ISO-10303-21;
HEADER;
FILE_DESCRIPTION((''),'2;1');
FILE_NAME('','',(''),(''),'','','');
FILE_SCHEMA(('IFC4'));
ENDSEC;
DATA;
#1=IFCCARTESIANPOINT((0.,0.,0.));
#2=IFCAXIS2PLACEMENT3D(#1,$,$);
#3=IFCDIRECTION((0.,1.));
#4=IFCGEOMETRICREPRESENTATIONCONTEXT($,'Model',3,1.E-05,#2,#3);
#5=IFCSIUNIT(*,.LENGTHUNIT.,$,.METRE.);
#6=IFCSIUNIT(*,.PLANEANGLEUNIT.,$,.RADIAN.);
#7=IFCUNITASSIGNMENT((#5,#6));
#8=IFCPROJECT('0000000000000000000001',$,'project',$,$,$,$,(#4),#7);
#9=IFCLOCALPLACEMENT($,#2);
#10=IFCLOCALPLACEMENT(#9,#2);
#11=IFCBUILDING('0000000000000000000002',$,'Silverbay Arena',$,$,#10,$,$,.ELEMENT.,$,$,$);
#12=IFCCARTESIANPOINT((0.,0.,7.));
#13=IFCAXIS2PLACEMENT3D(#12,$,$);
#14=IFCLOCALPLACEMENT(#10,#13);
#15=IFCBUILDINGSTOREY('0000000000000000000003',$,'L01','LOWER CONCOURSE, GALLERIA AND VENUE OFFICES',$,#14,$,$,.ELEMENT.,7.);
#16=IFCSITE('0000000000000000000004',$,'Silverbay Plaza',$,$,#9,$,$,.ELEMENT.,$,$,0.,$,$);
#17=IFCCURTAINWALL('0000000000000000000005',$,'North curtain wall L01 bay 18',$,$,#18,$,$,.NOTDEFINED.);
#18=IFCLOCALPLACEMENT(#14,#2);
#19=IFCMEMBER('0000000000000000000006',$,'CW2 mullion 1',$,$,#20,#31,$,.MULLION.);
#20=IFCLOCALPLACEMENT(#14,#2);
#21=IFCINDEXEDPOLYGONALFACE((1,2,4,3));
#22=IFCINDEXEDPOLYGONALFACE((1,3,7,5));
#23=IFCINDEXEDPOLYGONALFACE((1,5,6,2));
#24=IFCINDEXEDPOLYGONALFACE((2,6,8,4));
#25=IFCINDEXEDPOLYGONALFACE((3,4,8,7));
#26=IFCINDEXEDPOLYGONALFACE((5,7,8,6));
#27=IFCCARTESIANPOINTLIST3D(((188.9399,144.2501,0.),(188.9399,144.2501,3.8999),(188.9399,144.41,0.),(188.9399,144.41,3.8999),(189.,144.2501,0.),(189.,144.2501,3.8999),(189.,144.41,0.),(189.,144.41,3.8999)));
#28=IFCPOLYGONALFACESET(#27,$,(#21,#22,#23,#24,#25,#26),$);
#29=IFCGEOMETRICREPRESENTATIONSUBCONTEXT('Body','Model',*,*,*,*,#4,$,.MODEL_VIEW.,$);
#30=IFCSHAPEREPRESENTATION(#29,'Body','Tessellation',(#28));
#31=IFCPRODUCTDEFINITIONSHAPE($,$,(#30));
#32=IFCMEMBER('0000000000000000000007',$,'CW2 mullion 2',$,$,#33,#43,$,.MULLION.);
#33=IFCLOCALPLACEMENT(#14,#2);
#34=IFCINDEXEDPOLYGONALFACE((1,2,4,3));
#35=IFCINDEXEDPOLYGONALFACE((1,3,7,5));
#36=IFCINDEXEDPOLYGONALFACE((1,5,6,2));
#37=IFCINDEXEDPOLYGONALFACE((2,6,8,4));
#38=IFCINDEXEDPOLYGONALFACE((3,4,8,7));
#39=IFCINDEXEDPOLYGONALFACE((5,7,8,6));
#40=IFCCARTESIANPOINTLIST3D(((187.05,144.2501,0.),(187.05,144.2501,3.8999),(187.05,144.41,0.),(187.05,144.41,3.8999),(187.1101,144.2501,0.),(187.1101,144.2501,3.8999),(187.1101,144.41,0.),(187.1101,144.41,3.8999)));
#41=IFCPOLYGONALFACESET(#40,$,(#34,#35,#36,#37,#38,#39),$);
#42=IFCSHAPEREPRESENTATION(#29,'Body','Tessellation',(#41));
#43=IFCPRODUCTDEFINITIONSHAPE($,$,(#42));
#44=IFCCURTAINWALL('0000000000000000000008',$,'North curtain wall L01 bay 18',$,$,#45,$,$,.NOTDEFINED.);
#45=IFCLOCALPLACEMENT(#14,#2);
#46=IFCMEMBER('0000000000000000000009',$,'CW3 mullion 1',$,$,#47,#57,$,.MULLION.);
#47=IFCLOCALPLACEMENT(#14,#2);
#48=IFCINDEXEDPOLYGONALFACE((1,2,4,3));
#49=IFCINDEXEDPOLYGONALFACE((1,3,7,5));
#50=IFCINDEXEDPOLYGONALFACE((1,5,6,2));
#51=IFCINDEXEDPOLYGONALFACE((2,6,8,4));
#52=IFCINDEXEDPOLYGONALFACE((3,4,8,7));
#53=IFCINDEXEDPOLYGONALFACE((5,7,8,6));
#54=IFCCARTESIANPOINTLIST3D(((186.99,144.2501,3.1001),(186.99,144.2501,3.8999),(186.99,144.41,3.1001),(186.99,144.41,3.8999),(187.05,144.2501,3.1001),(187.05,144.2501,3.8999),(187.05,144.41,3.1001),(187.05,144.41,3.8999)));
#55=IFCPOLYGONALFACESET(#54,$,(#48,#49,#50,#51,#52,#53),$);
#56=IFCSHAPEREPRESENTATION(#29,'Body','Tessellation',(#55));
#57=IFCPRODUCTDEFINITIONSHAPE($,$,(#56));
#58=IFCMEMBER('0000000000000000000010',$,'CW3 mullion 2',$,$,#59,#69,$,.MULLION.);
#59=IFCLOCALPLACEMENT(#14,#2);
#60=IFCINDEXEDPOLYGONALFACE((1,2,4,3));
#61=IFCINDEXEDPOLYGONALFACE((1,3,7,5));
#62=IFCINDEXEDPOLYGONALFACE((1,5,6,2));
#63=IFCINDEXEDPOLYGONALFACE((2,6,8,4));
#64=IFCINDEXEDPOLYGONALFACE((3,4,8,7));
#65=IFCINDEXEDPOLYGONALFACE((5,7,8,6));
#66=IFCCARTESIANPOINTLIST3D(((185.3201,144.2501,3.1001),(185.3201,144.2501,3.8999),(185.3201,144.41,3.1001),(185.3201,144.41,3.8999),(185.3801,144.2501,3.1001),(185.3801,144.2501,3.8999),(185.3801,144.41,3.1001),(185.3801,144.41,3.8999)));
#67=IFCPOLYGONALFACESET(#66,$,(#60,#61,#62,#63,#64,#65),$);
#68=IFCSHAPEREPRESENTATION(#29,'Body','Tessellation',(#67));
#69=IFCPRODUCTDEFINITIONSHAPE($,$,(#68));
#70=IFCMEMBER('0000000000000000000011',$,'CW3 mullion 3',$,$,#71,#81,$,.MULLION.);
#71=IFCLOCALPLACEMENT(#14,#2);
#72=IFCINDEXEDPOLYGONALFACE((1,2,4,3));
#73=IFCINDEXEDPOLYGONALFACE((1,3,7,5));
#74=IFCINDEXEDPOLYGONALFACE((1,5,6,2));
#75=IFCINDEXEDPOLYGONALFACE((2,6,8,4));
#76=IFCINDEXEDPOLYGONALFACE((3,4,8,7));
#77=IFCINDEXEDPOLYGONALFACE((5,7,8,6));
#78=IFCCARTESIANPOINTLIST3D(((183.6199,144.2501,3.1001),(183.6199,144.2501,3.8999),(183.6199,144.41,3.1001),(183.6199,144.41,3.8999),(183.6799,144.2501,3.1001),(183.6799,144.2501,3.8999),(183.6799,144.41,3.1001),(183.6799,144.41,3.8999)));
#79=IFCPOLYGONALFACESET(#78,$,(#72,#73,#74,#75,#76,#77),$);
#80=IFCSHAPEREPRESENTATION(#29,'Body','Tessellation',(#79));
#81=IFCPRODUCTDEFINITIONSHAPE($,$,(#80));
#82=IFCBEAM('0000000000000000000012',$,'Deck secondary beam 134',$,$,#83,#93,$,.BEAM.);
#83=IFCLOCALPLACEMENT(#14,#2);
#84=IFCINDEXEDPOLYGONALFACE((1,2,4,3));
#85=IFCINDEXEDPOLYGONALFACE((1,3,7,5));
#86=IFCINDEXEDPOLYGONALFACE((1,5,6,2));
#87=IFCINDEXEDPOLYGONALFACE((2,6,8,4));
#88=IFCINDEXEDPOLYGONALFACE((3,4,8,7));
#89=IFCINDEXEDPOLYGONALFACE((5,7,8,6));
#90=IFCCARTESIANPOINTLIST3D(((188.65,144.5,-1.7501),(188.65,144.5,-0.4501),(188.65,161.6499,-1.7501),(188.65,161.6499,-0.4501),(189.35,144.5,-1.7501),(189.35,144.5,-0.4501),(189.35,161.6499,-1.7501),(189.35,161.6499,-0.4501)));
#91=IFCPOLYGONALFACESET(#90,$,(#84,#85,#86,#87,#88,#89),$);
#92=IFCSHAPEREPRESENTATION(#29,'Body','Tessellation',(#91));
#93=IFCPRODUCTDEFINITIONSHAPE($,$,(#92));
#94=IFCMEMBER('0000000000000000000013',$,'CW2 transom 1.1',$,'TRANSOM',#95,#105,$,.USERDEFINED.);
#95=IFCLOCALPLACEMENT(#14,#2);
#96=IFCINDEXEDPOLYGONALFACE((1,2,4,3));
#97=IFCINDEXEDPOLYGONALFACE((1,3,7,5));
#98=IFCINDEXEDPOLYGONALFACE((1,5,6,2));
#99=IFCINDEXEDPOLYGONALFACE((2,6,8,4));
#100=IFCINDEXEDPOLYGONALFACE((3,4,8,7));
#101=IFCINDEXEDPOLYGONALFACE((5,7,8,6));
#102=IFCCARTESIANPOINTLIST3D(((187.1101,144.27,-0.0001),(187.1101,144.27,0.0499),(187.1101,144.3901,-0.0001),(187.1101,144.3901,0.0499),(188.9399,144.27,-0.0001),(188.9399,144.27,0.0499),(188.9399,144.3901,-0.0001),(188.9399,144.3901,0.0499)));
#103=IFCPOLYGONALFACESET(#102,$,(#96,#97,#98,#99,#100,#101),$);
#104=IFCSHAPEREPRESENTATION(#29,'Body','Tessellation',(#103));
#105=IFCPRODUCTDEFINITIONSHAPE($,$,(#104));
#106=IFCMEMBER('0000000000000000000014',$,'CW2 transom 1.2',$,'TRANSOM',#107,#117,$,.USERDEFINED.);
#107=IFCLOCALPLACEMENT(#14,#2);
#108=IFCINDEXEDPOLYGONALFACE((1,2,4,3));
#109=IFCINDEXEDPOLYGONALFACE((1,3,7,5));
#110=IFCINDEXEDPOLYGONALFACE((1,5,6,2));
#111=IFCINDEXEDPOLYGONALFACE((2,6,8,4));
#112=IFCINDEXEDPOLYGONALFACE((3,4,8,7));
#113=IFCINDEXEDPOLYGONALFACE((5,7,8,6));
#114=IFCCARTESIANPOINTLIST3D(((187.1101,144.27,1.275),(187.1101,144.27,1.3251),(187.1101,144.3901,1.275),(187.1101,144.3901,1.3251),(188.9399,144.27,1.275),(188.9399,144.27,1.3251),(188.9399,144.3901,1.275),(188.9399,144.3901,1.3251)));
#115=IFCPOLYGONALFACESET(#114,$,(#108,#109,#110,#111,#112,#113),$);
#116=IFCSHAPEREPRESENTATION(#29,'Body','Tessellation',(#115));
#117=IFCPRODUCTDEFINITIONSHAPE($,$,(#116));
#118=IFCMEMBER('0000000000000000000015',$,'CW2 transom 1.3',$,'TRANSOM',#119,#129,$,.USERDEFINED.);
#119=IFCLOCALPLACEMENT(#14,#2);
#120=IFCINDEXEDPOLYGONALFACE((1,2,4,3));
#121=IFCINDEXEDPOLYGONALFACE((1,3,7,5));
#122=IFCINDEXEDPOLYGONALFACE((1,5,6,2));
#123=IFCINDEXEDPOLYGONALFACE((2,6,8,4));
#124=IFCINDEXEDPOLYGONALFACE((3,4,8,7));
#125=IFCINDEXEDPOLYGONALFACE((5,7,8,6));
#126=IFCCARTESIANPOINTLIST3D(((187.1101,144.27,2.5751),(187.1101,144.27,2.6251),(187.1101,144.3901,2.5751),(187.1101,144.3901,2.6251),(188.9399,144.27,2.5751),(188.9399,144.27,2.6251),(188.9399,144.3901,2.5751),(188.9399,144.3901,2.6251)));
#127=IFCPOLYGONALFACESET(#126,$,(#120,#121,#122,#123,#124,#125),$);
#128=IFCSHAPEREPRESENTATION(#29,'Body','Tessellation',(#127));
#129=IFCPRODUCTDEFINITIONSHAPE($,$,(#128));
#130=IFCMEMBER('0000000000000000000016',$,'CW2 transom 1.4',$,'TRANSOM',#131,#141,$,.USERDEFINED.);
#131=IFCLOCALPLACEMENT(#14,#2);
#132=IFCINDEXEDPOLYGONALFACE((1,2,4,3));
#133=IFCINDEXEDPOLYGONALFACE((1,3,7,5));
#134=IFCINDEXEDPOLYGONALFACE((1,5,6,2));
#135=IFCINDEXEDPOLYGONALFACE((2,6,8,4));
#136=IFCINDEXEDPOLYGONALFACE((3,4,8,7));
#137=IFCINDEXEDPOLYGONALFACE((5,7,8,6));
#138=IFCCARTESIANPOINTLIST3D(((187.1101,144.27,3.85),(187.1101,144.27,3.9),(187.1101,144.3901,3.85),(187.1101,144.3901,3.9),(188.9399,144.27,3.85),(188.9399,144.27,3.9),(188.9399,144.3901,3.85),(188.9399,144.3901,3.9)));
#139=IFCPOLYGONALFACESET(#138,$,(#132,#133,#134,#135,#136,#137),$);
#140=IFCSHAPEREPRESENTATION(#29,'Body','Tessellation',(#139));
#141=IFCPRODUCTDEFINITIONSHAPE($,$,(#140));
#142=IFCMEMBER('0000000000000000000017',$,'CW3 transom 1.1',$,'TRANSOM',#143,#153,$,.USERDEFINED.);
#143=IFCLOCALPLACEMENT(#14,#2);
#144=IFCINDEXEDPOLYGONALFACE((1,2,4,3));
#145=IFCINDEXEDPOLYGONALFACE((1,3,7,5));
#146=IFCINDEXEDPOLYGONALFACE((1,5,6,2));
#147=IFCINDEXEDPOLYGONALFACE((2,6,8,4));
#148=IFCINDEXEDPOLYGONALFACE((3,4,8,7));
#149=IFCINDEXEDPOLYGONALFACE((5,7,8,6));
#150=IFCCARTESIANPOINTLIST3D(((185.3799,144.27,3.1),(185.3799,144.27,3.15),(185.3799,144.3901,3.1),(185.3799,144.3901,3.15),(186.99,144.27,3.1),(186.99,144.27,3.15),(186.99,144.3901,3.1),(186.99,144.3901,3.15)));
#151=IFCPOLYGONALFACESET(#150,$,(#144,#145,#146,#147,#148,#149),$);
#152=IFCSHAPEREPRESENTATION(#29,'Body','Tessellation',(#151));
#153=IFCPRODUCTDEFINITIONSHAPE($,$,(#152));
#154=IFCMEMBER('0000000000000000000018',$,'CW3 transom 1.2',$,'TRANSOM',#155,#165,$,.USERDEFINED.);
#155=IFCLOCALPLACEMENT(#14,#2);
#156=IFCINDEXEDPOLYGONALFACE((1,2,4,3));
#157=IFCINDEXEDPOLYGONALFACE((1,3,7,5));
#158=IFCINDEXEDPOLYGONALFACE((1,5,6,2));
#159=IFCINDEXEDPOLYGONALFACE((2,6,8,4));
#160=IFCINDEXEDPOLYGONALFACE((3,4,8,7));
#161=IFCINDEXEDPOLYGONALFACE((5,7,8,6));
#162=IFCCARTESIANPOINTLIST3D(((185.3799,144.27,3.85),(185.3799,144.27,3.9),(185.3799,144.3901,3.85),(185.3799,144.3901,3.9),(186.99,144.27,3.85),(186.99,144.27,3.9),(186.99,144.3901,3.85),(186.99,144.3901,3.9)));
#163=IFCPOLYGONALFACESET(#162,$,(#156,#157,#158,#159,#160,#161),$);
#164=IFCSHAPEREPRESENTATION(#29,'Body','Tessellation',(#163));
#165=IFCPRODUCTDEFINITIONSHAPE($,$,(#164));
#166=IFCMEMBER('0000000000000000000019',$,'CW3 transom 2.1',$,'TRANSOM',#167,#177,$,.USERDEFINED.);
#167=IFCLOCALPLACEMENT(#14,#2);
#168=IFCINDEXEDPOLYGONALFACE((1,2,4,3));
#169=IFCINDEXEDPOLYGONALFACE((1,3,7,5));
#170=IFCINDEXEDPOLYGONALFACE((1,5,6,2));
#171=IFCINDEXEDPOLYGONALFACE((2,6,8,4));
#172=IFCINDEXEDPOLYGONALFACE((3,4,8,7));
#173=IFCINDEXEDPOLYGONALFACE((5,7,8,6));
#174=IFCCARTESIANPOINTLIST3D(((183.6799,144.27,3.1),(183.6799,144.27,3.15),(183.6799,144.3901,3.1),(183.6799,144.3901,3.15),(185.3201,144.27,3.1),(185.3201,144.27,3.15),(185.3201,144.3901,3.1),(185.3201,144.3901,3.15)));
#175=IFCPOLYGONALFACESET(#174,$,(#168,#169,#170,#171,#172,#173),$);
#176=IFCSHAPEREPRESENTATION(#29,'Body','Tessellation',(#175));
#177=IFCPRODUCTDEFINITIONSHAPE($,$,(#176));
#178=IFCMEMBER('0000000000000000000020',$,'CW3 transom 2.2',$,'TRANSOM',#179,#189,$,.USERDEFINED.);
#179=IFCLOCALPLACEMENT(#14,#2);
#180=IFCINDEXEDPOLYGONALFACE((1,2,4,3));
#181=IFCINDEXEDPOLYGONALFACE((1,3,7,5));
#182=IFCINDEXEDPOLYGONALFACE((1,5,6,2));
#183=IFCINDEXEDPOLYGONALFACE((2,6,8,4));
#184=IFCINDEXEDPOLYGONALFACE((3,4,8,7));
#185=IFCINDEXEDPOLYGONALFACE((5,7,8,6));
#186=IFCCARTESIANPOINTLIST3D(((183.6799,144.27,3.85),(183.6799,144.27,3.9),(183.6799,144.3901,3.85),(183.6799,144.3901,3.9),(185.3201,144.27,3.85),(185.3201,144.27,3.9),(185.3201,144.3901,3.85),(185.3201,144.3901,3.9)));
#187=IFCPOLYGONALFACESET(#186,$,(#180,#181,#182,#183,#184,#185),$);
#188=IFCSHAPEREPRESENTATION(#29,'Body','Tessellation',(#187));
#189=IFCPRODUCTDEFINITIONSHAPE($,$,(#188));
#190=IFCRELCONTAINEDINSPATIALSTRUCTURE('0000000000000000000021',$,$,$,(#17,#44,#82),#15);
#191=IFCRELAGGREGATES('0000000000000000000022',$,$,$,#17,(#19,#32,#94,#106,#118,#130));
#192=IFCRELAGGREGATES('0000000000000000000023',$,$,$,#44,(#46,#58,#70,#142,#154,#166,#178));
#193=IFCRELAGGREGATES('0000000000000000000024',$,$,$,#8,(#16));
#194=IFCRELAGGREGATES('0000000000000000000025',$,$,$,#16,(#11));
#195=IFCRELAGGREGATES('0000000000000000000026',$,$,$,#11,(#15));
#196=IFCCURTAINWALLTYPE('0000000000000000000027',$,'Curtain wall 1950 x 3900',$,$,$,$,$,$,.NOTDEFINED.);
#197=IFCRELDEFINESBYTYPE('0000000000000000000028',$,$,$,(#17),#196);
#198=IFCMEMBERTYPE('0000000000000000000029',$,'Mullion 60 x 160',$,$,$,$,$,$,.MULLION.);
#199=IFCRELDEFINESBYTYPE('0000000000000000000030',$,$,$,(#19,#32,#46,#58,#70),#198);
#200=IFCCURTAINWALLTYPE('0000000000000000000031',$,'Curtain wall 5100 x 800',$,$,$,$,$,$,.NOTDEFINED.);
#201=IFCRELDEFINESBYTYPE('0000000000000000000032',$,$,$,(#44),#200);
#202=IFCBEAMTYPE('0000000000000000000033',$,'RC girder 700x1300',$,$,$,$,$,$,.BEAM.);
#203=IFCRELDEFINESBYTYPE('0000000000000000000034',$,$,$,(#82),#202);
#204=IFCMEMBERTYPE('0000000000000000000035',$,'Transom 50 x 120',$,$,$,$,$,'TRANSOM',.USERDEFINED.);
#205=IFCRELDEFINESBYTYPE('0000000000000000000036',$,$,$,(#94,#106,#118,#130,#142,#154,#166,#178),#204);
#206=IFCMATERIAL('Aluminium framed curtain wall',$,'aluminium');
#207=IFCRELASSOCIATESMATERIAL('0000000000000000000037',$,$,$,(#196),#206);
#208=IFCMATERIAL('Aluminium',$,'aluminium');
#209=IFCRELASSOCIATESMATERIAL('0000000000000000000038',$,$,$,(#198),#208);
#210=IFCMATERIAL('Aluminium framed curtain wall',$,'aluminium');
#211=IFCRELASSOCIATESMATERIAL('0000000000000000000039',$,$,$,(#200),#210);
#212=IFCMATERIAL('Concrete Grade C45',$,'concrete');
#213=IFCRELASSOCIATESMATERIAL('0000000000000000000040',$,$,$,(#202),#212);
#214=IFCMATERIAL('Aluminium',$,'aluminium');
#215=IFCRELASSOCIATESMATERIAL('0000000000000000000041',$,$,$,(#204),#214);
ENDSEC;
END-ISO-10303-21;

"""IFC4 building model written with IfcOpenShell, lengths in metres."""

from ifc_helpers import new_model, si_unit, direction, frame, origin, origin_2d, place, context, subcontext, project, spatial, rectangle, extrude, material, material_profile, profile_set, type_object, element, aggregate, save


model = new_model("IFC4")

# Units and contexts
model_context = context("Model", 3, precision=1e-05, world=origin(), true_north=direction((0.0, 1.0)))
body_context = subcontext(model_context, "Body", "Model", "MODEL_VIEW")
ifc_project = project(units=[si_unit("LENGTHUNIT", "METRE"), si_unit("PLANEANGLEUNIT", "RADIAN")], contexts=[model_context])

# Site, building, storey
site_placement = place(None, origin())
site = spatial("IfcSite", under=ifc_project, at=site_placement, Name="Silverbay Plaza", CompositionType="ELEMENT", RefElevation=0.0)
building_placement = place(site_placement, origin())
building = spatial("IfcBuilding", under=site, at=building_placement, Name="Silverbay Arena", CompositionType="ELEMENT")
storey_placement = place(building_placement, frame((0.0, 0.0, 7.0)))
storey = spatial("IfcBuildingStorey", under=building, at=storey_placement, Name="L01", Description="LOWER CONCOURSE, GALLERIA AND VENUE OFFICES", CompositionType="ELEMENT", Elevation=7.0)

# Curtain walls, members
ifc_material_1 = material(Name="Aluminium framed curtain wall", Category="aluminium")
curtain_wall_type_1 = type_object("IfcCurtainWallType", Name="Curtain wall 1950 x 3900", PredefinedType="NOTDEFINED", material=ifc_material_1)
curtain_wall_1_placement = place(storey_placement, origin())
curtain_wall_1 = element("IfcCurtainWall", 1, at=curtain_wall_1_placement, inside=storey, type_object=curtain_wall_type_1, Name="North curtain wall L01 bay 18", PredefinedType="NOTDEFINED")
ifc_material_2 = material(Name="Aluminium", Category="aluminium")
ifc_material_profile_1 = material_profile(ifc_material_2, rectangle(XDim=0.1599, YDim=0.0601, at=origin_2d()), Name="Mullion 60 x 160")
ifc_profile_set_1 = profile_set([ifc_material_profile_1], Name="Aluminium")
member_type_1 = type_object("IfcMemberType", Name="Mullion 60 x 160", PredefinedType="MULLION", material=ifc_profile_set_1)
member_1_placement = place(storey_placement, frame((188.97, 144.3301, 0.0), z_axis=(0.0, 0.0, 1.0), x_axis=(0.0, -1.0, 0.0)))
member_1 = element("IfcMember", 2, at=member_1_placement, type_object=member_type_1, Name="CW2 mullion 1", PredefinedType="MULLION", context=body_context, shape_type="SweptSolid", body=[
    extrude(rectangle(XDim=0.1599, YDim=0.0601, at=origin_2d()), origin(), (0.0, 0.0, 1.0), 3.8999),
])
member_2_placement = place(storey_placement, frame((187.0801, 144.3301, 0.0), z_axis=(0.0, 0.0, 1.0), x_axis=(0.0, -1.0, 0.0)))
member_2 = element("IfcMember", 3, at=member_2_placement, type_object=member_type_1, Name="CW2 mullion 2", PredefinedType="MULLION", context=body_context, shape_type="SweptSolid", body=[
    extrude(rectangle(XDim=0.1599, YDim=0.0601, at=origin_2d()), origin(), (0.0, 0.0, 1.0), 3.8999),
])
ifc_material_3 = material(Name="Aluminium framed curtain wall", Category="aluminium")
curtain_wall_type_2 = type_object("IfcCurtainWallType", Name="Curtain wall 5100 x 800", PredefinedType="NOTDEFINED", material=ifc_material_3)
curtain_wall_2_placement = place(storey_placement, origin())
curtain_wall_2 = element("IfcCurtainWall", 4, at=curtain_wall_2_placement, inside=storey, type_object=curtain_wall_type_2, Name="North curtain wall L01 bay 18", PredefinedType="NOTDEFINED")
member_3_placement = place(storey_placement, frame((187.02, 144.3301, 3.1001), z_axis=(0.0, 0.0, 1.0), x_axis=(0.0, -1.0, 0.0)))
member_3 = element("IfcMember", 5, at=member_3_placement, type_object=member_type_1, Name="CW3 mullion 1", PredefinedType="MULLION", context=body_context, shape_type="SweptSolid", body=[
    extrude(rectangle(XDim=0.1599, YDim=0.0601, at=origin_2d()), origin(), (0.0, 0.0, 1.0), 0.7998),
])
member_4_placement = place(storey_placement, frame((185.3501, 144.3301, 3.1001), z_axis=(0.0, 0.0, 1.0), x_axis=(0.0, -1.0, 0.0)))
member_4 = element("IfcMember", 6, at=member_4_placement, type_object=member_type_1, Name="CW3 mullion 2", PredefinedType="MULLION", context=body_context, shape_type="SweptSolid", body=[
    extrude(rectangle(XDim=0.1599, YDim=0.0601, at=origin_2d()), origin(), (0.0, 0.0, 1.0), 0.7998),
])
member_5_placement = place(storey_placement, frame((183.6499, 144.3301, 3.1001), z_axis=(0.0, 0.0, 1.0), x_axis=(0.0, -1.0, 0.0)))
member_5 = element("IfcMember", 7, at=member_5_placement, type_object=member_type_1, Name="CW3 mullion 3", PredefinedType="MULLION", context=body_context, shape_type="SweptSolid", body=[
    extrude(rectangle(XDim=0.1599, YDim=0.0601, at=origin_2d()), origin(), (0.0, 0.0, 1.0), 0.7998),
])

# Beam
ifc_material_4 = material(Name="Concrete Grade C45", Category="concrete")
ifc_material_profile_2 = material_profile(ifc_material_4, rectangle(XDim=0.7, YDim=1.3, at=origin_2d()), Name="RC 700x1300")
ifc_profile_set_2 = profile_set([ifc_material_profile_2], Name="Concrete Grade C45")
beam_type = type_object("IfcBeamType", Name="RC girder 700x1300", PredefinedType="BEAM", material=ifc_profile_set_2)
beam_placement = place(storey_placement, frame((189.0, 144.5, -1.1001), z_axis=(0.0, 1.0, 0.0), x_axis=(-1.0, 0.0, 0.0)))
element("IfcBeam", 8, at=beam_placement, inside=storey, type_object=beam_type, Name="Deck secondary beam 134", PredefinedType="BEAM", context=body_context, shape_type="SweptSolid", body=[
    extrude(rectangle(XDim=0.7, YDim=1.3, at=origin_2d()), origin(), (0.0, 0.0, 1.0), 17.1499),
])

# Members
ifc_material_5 = material(Name="Aluminium", Category="aluminium")
ifc_material_profile_3 = material_profile(ifc_material_5, rectangle(XDim=0.1201, YDim=0.05, at=origin_2d()), Name="Transom 50 x 120")
ifc_profile_set_3 = profile_set([ifc_material_profile_3], Name="Aluminium")
member_type_2 = type_object("IfcMemberType", Name="Transom 50 x 120", ElementType="TRANSOM", PredefinedType="USERDEFINED", material=ifc_profile_set_3)
member_6_placement = place(storey_placement, frame((188.9399, 144.3301, 0.0249), z_axis=(-1.0, 0.0, 0.0), x_axis=(0.0, -1.0, 0.0)))
member_6 = element("IfcMember", 9, at=member_6_placement, type_object=member_type_2, Name="CW2 transom 1.1", ObjectType="TRANSOM", PredefinedType="USERDEFINED", context=body_context, shape_type="SweptSolid", body=[
    extrude(rectangle(XDim=0.1201, YDim=0.05, at=origin_2d()), origin(), (0.0, 0.0, 1.0), 1.8298),
])
member_7_placement = place(storey_placement, frame((188.9399, 144.3301, 1.3), z_axis=(-1.0, 0.0, 0.0), x_axis=(0.0, -1.0, 0.0)))
member_7 = element("IfcMember", 10, at=member_7_placement, type_object=member_type_2, Name="CW2 transom 1.2", ObjectType="TRANSOM", PredefinedType="USERDEFINED", context=body_context, shape_type="SweptSolid", body=[
    extrude(rectangle(XDim=0.1201, YDim=0.05, at=origin_2d()), origin(), (0.0, 0.0, 1.0), 1.8298),
])
member_8_placement = place(storey_placement, frame((188.9399, 144.3301, 2.6001), z_axis=(-1.0, 0.0, 0.0), x_axis=(0.0, -1.0, 0.0)))
member_8 = element("IfcMember", 11, at=member_8_placement, type_object=member_type_2, Name="CW2 transom 1.3", ObjectType="TRANSOM", PredefinedType="USERDEFINED", context=body_context, shape_type="SweptSolid", body=[
    extrude(rectangle(XDim=0.1201, YDim=0.05, at=origin_2d()), origin(), (0.0, 0.0, 1.0), 1.8298),
])
member_9_placement = place(storey_placement, frame((188.9399, 144.3301, 3.875), z_axis=(-1.0, 0.0, 0.0), x_axis=(0.0, -1.0, 0.0)))
member_9 = element("IfcMember", 12, at=member_9_placement, type_object=member_type_2, Name="CW2 transom 1.4", ObjectType="TRANSOM", PredefinedType="USERDEFINED", context=body_context, shape_type="SweptSolid", body=[
    extrude(rectangle(XDim=0.1201, YDim=0.05, at=origin_2d()), origin(), (0.0, 0.0, 1.0), 1.8298),
])
member_10_placement = place(storey_placement, frame((186.99, 144.3301, 3.125), z_axis=(-1.0, 0.0, 0.0), x_axis=(0.0, -1.0, 0.0)))
member_10 = element("IfcMember", 13, at=member_10_placement, type_object=member_type_2, Name="CW3 transom 1.1", ObjectType="TRANSOM", PredefinedType="USERDEFINED", context=body_context, shape_type="SweptSolid", body=[
    extrude(rectangle(XDim=0.1201, YDim=0.05, at=origin_2d()), origin(), (0.0, 0.0, 1.0), 1.6101),
])
member_11_placement = place(storey_placement, frame((186.99, 144.3301, 3.875), z_axis=(-1.0, 0.0, 0.0), x_axis=(0.0, -1.0, 0.0)))
member_11 = element("IfcMember", 14, at=member_11_placement, type_object=member_type_2, Name="CW3 transom 1.2", ObjectType="TRANSOM", PredefinedType="USERDEFINED", context=body_context, shape_type="SweptSolid", body=[
    extrude(rectangle(XDim=0.1201, YDim=0.05, at=origin_2d()), origin(), (0.0, 0.0, 1.0), 1.6101),
])
member_12_placement = place(storey_placement, frame((185.3201, 144.3301, 3.125), z_axis=(-1.0, 0.0, 0.0), x_axis=(0.0, -1.0, 0.0)))
member_12 = element("IfcMember", 15, at=member_12_placement, type_object=member_type_2, Name="CW3 transom 2.1", ObjectType="TRANSOM", PredefinedType="USERDEFINED", context=body_context, shape_type="SweptSolid", body=[
    extrude(rectangle(XDim=0.1201, YDim=0.05, at=origin_2d()), origin(), (0.0, 0.0, 1.0), 1.6401),
])
member_13_placement = place(storey_placement, frame((185.3201, 144.3301, 3.875), z_axis=(-1.0, 0.0, 0.0), x_axis=(0.0, -1.0, 0.0)))
member_13 = element("IfcMember", 16, at=member_13_placement, type_object=member_type_2, Name="CW3 transom 2.2", ObjectType="TRANSOM", PredefinedType="USERDEFINED", context=body_context, shape_type="SweptSolid", body=[
    extrude(rectangle(XDim=0.1201, YDim=0.05, at=origin_2d()), origin(), (0.0, 0.0, 1.0), 1.6401),
])

aggregate(curtain_wall_1, [member_1, member_2, member_6, member_7, member_8, member_9])
aggregate(curtain_wall_2, [member_3, member_4, member_5, member_10, member_11, member_12, member_13])

save(model, "model.ifc")
